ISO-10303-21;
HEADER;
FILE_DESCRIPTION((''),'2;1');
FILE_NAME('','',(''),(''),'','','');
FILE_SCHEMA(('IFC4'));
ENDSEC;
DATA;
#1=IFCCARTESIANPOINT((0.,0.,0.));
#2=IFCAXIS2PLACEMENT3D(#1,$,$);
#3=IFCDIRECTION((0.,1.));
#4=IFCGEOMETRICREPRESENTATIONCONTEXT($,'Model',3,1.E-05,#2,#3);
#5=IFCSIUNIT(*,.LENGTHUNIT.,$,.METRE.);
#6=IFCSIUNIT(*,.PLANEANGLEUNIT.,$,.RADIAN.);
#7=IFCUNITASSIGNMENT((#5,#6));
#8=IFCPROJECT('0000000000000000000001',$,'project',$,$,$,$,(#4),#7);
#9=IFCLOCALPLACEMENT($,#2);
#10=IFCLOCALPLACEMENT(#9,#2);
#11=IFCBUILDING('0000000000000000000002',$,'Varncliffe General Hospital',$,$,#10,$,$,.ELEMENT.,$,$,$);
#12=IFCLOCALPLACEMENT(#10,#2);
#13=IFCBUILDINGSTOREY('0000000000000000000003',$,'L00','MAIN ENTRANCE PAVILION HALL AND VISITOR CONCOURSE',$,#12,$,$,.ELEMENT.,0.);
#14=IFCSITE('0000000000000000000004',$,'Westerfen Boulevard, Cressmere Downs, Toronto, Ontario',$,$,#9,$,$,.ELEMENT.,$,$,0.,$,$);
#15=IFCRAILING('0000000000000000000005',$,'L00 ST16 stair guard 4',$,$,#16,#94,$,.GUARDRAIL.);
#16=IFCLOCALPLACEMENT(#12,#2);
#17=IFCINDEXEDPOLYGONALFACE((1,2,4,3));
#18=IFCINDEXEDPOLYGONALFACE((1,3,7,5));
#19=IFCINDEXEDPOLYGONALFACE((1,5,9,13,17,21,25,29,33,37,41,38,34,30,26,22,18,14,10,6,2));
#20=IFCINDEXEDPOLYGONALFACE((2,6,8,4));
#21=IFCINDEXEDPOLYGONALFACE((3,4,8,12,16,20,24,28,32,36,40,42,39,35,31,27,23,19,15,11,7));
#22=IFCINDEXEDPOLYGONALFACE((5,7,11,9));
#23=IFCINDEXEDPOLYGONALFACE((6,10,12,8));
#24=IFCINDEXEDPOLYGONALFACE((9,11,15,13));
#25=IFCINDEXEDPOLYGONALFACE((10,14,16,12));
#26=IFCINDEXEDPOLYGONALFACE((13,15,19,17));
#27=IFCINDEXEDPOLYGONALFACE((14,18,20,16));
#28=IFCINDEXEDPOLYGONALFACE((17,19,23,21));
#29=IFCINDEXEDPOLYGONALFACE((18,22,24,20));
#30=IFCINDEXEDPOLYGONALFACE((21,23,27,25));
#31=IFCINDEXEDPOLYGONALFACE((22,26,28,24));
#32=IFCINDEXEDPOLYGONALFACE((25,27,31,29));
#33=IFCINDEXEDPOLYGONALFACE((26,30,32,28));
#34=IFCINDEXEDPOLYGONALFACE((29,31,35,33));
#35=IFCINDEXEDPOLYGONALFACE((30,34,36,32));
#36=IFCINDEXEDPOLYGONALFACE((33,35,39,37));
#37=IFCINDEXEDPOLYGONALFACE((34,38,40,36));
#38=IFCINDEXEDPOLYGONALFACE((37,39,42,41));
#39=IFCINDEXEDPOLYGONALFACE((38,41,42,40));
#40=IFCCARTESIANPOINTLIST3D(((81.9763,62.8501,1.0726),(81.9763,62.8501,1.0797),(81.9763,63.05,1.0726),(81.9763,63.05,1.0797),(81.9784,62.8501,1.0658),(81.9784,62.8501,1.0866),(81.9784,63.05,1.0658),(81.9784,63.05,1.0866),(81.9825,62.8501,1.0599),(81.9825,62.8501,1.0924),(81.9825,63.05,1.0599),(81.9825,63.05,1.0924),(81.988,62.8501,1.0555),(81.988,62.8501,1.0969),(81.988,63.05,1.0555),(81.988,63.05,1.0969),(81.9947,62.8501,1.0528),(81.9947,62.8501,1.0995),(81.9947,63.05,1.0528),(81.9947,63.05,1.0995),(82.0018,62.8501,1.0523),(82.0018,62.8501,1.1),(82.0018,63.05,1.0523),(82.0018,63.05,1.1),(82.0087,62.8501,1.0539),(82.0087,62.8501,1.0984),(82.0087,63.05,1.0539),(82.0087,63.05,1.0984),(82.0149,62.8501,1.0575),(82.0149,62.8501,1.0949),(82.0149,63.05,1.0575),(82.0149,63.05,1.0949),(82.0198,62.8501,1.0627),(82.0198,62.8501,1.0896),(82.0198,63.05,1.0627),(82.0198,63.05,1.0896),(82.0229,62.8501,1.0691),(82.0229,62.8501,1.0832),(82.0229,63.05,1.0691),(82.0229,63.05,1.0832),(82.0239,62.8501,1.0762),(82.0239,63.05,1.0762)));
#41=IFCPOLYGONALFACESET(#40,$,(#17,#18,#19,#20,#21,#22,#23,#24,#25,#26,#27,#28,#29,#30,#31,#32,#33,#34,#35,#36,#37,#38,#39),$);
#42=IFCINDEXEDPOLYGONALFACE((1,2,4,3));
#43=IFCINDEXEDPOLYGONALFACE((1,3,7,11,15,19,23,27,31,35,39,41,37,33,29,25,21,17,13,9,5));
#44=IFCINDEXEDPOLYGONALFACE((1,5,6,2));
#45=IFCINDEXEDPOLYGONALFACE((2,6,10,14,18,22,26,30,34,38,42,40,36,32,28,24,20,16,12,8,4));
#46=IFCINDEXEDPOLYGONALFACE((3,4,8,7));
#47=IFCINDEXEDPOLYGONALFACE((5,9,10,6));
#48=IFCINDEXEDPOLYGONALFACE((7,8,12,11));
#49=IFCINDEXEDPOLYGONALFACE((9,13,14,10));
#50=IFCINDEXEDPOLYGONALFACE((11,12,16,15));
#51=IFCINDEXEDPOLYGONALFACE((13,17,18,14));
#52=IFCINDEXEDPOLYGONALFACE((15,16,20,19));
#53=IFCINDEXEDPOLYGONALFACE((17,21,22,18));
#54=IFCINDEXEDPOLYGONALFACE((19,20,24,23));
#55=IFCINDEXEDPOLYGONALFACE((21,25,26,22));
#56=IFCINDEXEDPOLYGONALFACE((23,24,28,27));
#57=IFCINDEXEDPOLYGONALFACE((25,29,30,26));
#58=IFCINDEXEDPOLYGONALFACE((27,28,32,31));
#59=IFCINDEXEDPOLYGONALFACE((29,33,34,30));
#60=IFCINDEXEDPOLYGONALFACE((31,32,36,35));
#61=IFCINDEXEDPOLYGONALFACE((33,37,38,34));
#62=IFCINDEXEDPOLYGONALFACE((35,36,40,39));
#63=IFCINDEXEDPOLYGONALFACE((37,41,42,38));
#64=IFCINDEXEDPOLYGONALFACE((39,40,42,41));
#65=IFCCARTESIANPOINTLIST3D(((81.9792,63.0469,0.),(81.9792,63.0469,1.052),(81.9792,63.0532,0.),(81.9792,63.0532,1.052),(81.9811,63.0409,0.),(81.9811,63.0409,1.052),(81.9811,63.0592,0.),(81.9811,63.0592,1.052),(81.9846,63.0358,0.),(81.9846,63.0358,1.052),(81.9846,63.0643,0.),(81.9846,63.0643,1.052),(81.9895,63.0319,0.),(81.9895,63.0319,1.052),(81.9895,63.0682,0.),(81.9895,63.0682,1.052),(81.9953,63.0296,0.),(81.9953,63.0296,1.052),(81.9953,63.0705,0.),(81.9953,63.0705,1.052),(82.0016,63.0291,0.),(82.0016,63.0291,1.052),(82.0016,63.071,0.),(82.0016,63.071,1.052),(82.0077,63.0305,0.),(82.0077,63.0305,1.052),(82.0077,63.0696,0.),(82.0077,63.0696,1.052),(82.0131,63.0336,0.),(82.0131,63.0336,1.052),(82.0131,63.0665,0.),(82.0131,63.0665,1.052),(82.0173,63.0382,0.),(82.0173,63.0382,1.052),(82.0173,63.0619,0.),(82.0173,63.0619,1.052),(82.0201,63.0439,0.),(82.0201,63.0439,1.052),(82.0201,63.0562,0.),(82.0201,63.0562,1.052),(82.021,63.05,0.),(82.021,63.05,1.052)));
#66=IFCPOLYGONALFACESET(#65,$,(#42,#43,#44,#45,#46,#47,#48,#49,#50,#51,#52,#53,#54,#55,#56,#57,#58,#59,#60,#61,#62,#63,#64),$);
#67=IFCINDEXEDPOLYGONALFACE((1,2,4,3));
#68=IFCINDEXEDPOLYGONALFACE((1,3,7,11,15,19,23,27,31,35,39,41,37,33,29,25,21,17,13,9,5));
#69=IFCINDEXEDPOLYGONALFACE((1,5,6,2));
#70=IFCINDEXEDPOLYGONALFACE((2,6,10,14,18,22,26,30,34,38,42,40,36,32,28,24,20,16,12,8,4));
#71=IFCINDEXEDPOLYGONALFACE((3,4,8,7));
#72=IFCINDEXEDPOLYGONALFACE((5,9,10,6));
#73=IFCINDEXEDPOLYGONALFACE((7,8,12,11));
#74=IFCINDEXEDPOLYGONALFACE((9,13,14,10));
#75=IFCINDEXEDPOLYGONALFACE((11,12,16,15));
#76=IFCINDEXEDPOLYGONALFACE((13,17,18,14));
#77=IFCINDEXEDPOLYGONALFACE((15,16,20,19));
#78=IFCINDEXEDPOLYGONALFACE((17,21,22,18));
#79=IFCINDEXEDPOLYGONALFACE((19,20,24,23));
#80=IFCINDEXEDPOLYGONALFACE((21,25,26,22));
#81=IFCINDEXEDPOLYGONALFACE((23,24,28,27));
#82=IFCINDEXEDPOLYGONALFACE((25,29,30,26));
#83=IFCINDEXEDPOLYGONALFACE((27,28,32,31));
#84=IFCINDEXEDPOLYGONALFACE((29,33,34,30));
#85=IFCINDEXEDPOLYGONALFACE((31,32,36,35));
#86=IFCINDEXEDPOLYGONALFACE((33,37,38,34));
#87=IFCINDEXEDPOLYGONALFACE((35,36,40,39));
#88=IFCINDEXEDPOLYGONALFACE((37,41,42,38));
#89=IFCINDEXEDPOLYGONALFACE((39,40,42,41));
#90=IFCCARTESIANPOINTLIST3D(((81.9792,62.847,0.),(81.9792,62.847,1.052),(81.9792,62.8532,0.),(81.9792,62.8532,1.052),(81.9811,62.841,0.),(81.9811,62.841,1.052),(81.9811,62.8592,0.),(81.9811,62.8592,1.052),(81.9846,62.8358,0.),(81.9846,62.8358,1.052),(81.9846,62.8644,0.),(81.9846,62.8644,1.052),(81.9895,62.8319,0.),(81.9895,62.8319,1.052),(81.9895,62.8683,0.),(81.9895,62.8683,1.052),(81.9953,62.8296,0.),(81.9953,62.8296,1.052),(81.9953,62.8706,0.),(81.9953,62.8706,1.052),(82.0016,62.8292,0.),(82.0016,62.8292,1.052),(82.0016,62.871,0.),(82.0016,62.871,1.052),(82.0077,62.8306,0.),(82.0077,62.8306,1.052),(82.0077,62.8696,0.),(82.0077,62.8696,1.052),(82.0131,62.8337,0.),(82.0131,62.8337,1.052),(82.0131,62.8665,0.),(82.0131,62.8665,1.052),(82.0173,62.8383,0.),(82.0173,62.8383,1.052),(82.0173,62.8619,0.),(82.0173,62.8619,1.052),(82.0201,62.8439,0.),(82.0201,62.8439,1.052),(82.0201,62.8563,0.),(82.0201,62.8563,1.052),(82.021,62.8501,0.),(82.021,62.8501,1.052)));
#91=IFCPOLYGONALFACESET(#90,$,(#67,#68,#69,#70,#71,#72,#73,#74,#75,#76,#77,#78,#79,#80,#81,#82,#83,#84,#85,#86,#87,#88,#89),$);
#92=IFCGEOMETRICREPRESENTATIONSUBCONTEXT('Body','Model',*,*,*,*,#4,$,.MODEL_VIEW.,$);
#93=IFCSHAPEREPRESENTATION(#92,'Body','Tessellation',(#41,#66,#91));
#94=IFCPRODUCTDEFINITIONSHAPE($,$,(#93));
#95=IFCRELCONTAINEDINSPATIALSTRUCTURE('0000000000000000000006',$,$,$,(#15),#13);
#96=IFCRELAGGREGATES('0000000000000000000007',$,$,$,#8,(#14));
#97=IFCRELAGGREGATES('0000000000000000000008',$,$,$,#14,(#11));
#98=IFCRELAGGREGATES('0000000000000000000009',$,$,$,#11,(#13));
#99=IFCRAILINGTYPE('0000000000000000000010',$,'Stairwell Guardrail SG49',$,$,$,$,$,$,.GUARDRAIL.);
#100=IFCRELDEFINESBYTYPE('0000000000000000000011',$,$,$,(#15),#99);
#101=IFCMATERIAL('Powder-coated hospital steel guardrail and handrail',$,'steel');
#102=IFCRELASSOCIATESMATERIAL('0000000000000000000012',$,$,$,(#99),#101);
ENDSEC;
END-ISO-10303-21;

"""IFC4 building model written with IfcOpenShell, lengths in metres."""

from ifc_helpers import new_model, si_unit, direction, frame, origin, origin_2d, place, context, subcontext, project, spatial, circle, extrude, material, type_object, element, save


model = new_model("IFC4")

# Units and contexts
model_context = context("Model", 3, precision=1e-05, world=origin(), true_north=direction((0.0, 1.0)))
body_context = subcontext(model_context, "Body", "Model", "MODEL_VIEW")
ifc_project = project(units=[si_unit("LENGTHUNIT", "METRE"), si_unit("PLANEANGLEUNIT", "RADIAN")], contexts=[model_context])

# Site, building, storey
site_placement = place(None, origin())
site = spatial("IfcSite", under=ifc_project, at=site_placement, Name="Westerfen Boulevard, Cressmere Downs, Toronto, Ontario", CompositionType="ELEMENT", RefElevation=0.0)
building_placement = place(site_placement, origin())
building = spatial("IfcBuilding", under=site, at=building_placement, Name="Varncliffe General Hospital", CompositionType="ELEMENT")
storey_placement = place(building_placement, origin())
storey = spatial("IfcBuildingStorey", under=building, at=storey_placement, Name="L00", Description="MAIN ENTRANCE PAVILION HALL AND VISITOR CONCOURSE", CompositionType="ELEMENT", Elevation=0.0)

# Railing
ifc_material_1 = material(Name="Powder-coated hospital steel guardrail and handrail", Category="steel")
railing_type_1 = type_object("IfcRailingType", Name="Stairwell Guardrail SG49", PredefinedType="GUARDRAIL", material=ifc_material_1)
railing_1_placement = place(storey_placement, frame((82.0, 63.05, 0.0)))
element("IfcRailing", 1, at=railing_1_placement, inside=storey, type_object=railing_type_1, Name="L00 ST16 stair guard 4", PredefinedType="GUARDRAIL", context=body_context, shape_type="SweptSolid", body=[
    extrude(circle(Radius=0.0239, at=origin_2d()), frame((0.0, 0.0, 1.0762), z_axis=(0.0, -1.0, 0.0), x_axis=(1.0, 0.0, 0.0)), (0.0, 0.0, 1.0), 0.2),
    extrude(circle(Radius=0.021, at=origin_2d()), origin(), (0.0, 0.0, 1.0), 1.052),
    extrude(circle(Radius=0.021, at=origin_2d()), frame((0.0, -0.2, 0.0)), (0.0, 0.0, 1.0), 1.052),
])

save(model, "model.ifc")
